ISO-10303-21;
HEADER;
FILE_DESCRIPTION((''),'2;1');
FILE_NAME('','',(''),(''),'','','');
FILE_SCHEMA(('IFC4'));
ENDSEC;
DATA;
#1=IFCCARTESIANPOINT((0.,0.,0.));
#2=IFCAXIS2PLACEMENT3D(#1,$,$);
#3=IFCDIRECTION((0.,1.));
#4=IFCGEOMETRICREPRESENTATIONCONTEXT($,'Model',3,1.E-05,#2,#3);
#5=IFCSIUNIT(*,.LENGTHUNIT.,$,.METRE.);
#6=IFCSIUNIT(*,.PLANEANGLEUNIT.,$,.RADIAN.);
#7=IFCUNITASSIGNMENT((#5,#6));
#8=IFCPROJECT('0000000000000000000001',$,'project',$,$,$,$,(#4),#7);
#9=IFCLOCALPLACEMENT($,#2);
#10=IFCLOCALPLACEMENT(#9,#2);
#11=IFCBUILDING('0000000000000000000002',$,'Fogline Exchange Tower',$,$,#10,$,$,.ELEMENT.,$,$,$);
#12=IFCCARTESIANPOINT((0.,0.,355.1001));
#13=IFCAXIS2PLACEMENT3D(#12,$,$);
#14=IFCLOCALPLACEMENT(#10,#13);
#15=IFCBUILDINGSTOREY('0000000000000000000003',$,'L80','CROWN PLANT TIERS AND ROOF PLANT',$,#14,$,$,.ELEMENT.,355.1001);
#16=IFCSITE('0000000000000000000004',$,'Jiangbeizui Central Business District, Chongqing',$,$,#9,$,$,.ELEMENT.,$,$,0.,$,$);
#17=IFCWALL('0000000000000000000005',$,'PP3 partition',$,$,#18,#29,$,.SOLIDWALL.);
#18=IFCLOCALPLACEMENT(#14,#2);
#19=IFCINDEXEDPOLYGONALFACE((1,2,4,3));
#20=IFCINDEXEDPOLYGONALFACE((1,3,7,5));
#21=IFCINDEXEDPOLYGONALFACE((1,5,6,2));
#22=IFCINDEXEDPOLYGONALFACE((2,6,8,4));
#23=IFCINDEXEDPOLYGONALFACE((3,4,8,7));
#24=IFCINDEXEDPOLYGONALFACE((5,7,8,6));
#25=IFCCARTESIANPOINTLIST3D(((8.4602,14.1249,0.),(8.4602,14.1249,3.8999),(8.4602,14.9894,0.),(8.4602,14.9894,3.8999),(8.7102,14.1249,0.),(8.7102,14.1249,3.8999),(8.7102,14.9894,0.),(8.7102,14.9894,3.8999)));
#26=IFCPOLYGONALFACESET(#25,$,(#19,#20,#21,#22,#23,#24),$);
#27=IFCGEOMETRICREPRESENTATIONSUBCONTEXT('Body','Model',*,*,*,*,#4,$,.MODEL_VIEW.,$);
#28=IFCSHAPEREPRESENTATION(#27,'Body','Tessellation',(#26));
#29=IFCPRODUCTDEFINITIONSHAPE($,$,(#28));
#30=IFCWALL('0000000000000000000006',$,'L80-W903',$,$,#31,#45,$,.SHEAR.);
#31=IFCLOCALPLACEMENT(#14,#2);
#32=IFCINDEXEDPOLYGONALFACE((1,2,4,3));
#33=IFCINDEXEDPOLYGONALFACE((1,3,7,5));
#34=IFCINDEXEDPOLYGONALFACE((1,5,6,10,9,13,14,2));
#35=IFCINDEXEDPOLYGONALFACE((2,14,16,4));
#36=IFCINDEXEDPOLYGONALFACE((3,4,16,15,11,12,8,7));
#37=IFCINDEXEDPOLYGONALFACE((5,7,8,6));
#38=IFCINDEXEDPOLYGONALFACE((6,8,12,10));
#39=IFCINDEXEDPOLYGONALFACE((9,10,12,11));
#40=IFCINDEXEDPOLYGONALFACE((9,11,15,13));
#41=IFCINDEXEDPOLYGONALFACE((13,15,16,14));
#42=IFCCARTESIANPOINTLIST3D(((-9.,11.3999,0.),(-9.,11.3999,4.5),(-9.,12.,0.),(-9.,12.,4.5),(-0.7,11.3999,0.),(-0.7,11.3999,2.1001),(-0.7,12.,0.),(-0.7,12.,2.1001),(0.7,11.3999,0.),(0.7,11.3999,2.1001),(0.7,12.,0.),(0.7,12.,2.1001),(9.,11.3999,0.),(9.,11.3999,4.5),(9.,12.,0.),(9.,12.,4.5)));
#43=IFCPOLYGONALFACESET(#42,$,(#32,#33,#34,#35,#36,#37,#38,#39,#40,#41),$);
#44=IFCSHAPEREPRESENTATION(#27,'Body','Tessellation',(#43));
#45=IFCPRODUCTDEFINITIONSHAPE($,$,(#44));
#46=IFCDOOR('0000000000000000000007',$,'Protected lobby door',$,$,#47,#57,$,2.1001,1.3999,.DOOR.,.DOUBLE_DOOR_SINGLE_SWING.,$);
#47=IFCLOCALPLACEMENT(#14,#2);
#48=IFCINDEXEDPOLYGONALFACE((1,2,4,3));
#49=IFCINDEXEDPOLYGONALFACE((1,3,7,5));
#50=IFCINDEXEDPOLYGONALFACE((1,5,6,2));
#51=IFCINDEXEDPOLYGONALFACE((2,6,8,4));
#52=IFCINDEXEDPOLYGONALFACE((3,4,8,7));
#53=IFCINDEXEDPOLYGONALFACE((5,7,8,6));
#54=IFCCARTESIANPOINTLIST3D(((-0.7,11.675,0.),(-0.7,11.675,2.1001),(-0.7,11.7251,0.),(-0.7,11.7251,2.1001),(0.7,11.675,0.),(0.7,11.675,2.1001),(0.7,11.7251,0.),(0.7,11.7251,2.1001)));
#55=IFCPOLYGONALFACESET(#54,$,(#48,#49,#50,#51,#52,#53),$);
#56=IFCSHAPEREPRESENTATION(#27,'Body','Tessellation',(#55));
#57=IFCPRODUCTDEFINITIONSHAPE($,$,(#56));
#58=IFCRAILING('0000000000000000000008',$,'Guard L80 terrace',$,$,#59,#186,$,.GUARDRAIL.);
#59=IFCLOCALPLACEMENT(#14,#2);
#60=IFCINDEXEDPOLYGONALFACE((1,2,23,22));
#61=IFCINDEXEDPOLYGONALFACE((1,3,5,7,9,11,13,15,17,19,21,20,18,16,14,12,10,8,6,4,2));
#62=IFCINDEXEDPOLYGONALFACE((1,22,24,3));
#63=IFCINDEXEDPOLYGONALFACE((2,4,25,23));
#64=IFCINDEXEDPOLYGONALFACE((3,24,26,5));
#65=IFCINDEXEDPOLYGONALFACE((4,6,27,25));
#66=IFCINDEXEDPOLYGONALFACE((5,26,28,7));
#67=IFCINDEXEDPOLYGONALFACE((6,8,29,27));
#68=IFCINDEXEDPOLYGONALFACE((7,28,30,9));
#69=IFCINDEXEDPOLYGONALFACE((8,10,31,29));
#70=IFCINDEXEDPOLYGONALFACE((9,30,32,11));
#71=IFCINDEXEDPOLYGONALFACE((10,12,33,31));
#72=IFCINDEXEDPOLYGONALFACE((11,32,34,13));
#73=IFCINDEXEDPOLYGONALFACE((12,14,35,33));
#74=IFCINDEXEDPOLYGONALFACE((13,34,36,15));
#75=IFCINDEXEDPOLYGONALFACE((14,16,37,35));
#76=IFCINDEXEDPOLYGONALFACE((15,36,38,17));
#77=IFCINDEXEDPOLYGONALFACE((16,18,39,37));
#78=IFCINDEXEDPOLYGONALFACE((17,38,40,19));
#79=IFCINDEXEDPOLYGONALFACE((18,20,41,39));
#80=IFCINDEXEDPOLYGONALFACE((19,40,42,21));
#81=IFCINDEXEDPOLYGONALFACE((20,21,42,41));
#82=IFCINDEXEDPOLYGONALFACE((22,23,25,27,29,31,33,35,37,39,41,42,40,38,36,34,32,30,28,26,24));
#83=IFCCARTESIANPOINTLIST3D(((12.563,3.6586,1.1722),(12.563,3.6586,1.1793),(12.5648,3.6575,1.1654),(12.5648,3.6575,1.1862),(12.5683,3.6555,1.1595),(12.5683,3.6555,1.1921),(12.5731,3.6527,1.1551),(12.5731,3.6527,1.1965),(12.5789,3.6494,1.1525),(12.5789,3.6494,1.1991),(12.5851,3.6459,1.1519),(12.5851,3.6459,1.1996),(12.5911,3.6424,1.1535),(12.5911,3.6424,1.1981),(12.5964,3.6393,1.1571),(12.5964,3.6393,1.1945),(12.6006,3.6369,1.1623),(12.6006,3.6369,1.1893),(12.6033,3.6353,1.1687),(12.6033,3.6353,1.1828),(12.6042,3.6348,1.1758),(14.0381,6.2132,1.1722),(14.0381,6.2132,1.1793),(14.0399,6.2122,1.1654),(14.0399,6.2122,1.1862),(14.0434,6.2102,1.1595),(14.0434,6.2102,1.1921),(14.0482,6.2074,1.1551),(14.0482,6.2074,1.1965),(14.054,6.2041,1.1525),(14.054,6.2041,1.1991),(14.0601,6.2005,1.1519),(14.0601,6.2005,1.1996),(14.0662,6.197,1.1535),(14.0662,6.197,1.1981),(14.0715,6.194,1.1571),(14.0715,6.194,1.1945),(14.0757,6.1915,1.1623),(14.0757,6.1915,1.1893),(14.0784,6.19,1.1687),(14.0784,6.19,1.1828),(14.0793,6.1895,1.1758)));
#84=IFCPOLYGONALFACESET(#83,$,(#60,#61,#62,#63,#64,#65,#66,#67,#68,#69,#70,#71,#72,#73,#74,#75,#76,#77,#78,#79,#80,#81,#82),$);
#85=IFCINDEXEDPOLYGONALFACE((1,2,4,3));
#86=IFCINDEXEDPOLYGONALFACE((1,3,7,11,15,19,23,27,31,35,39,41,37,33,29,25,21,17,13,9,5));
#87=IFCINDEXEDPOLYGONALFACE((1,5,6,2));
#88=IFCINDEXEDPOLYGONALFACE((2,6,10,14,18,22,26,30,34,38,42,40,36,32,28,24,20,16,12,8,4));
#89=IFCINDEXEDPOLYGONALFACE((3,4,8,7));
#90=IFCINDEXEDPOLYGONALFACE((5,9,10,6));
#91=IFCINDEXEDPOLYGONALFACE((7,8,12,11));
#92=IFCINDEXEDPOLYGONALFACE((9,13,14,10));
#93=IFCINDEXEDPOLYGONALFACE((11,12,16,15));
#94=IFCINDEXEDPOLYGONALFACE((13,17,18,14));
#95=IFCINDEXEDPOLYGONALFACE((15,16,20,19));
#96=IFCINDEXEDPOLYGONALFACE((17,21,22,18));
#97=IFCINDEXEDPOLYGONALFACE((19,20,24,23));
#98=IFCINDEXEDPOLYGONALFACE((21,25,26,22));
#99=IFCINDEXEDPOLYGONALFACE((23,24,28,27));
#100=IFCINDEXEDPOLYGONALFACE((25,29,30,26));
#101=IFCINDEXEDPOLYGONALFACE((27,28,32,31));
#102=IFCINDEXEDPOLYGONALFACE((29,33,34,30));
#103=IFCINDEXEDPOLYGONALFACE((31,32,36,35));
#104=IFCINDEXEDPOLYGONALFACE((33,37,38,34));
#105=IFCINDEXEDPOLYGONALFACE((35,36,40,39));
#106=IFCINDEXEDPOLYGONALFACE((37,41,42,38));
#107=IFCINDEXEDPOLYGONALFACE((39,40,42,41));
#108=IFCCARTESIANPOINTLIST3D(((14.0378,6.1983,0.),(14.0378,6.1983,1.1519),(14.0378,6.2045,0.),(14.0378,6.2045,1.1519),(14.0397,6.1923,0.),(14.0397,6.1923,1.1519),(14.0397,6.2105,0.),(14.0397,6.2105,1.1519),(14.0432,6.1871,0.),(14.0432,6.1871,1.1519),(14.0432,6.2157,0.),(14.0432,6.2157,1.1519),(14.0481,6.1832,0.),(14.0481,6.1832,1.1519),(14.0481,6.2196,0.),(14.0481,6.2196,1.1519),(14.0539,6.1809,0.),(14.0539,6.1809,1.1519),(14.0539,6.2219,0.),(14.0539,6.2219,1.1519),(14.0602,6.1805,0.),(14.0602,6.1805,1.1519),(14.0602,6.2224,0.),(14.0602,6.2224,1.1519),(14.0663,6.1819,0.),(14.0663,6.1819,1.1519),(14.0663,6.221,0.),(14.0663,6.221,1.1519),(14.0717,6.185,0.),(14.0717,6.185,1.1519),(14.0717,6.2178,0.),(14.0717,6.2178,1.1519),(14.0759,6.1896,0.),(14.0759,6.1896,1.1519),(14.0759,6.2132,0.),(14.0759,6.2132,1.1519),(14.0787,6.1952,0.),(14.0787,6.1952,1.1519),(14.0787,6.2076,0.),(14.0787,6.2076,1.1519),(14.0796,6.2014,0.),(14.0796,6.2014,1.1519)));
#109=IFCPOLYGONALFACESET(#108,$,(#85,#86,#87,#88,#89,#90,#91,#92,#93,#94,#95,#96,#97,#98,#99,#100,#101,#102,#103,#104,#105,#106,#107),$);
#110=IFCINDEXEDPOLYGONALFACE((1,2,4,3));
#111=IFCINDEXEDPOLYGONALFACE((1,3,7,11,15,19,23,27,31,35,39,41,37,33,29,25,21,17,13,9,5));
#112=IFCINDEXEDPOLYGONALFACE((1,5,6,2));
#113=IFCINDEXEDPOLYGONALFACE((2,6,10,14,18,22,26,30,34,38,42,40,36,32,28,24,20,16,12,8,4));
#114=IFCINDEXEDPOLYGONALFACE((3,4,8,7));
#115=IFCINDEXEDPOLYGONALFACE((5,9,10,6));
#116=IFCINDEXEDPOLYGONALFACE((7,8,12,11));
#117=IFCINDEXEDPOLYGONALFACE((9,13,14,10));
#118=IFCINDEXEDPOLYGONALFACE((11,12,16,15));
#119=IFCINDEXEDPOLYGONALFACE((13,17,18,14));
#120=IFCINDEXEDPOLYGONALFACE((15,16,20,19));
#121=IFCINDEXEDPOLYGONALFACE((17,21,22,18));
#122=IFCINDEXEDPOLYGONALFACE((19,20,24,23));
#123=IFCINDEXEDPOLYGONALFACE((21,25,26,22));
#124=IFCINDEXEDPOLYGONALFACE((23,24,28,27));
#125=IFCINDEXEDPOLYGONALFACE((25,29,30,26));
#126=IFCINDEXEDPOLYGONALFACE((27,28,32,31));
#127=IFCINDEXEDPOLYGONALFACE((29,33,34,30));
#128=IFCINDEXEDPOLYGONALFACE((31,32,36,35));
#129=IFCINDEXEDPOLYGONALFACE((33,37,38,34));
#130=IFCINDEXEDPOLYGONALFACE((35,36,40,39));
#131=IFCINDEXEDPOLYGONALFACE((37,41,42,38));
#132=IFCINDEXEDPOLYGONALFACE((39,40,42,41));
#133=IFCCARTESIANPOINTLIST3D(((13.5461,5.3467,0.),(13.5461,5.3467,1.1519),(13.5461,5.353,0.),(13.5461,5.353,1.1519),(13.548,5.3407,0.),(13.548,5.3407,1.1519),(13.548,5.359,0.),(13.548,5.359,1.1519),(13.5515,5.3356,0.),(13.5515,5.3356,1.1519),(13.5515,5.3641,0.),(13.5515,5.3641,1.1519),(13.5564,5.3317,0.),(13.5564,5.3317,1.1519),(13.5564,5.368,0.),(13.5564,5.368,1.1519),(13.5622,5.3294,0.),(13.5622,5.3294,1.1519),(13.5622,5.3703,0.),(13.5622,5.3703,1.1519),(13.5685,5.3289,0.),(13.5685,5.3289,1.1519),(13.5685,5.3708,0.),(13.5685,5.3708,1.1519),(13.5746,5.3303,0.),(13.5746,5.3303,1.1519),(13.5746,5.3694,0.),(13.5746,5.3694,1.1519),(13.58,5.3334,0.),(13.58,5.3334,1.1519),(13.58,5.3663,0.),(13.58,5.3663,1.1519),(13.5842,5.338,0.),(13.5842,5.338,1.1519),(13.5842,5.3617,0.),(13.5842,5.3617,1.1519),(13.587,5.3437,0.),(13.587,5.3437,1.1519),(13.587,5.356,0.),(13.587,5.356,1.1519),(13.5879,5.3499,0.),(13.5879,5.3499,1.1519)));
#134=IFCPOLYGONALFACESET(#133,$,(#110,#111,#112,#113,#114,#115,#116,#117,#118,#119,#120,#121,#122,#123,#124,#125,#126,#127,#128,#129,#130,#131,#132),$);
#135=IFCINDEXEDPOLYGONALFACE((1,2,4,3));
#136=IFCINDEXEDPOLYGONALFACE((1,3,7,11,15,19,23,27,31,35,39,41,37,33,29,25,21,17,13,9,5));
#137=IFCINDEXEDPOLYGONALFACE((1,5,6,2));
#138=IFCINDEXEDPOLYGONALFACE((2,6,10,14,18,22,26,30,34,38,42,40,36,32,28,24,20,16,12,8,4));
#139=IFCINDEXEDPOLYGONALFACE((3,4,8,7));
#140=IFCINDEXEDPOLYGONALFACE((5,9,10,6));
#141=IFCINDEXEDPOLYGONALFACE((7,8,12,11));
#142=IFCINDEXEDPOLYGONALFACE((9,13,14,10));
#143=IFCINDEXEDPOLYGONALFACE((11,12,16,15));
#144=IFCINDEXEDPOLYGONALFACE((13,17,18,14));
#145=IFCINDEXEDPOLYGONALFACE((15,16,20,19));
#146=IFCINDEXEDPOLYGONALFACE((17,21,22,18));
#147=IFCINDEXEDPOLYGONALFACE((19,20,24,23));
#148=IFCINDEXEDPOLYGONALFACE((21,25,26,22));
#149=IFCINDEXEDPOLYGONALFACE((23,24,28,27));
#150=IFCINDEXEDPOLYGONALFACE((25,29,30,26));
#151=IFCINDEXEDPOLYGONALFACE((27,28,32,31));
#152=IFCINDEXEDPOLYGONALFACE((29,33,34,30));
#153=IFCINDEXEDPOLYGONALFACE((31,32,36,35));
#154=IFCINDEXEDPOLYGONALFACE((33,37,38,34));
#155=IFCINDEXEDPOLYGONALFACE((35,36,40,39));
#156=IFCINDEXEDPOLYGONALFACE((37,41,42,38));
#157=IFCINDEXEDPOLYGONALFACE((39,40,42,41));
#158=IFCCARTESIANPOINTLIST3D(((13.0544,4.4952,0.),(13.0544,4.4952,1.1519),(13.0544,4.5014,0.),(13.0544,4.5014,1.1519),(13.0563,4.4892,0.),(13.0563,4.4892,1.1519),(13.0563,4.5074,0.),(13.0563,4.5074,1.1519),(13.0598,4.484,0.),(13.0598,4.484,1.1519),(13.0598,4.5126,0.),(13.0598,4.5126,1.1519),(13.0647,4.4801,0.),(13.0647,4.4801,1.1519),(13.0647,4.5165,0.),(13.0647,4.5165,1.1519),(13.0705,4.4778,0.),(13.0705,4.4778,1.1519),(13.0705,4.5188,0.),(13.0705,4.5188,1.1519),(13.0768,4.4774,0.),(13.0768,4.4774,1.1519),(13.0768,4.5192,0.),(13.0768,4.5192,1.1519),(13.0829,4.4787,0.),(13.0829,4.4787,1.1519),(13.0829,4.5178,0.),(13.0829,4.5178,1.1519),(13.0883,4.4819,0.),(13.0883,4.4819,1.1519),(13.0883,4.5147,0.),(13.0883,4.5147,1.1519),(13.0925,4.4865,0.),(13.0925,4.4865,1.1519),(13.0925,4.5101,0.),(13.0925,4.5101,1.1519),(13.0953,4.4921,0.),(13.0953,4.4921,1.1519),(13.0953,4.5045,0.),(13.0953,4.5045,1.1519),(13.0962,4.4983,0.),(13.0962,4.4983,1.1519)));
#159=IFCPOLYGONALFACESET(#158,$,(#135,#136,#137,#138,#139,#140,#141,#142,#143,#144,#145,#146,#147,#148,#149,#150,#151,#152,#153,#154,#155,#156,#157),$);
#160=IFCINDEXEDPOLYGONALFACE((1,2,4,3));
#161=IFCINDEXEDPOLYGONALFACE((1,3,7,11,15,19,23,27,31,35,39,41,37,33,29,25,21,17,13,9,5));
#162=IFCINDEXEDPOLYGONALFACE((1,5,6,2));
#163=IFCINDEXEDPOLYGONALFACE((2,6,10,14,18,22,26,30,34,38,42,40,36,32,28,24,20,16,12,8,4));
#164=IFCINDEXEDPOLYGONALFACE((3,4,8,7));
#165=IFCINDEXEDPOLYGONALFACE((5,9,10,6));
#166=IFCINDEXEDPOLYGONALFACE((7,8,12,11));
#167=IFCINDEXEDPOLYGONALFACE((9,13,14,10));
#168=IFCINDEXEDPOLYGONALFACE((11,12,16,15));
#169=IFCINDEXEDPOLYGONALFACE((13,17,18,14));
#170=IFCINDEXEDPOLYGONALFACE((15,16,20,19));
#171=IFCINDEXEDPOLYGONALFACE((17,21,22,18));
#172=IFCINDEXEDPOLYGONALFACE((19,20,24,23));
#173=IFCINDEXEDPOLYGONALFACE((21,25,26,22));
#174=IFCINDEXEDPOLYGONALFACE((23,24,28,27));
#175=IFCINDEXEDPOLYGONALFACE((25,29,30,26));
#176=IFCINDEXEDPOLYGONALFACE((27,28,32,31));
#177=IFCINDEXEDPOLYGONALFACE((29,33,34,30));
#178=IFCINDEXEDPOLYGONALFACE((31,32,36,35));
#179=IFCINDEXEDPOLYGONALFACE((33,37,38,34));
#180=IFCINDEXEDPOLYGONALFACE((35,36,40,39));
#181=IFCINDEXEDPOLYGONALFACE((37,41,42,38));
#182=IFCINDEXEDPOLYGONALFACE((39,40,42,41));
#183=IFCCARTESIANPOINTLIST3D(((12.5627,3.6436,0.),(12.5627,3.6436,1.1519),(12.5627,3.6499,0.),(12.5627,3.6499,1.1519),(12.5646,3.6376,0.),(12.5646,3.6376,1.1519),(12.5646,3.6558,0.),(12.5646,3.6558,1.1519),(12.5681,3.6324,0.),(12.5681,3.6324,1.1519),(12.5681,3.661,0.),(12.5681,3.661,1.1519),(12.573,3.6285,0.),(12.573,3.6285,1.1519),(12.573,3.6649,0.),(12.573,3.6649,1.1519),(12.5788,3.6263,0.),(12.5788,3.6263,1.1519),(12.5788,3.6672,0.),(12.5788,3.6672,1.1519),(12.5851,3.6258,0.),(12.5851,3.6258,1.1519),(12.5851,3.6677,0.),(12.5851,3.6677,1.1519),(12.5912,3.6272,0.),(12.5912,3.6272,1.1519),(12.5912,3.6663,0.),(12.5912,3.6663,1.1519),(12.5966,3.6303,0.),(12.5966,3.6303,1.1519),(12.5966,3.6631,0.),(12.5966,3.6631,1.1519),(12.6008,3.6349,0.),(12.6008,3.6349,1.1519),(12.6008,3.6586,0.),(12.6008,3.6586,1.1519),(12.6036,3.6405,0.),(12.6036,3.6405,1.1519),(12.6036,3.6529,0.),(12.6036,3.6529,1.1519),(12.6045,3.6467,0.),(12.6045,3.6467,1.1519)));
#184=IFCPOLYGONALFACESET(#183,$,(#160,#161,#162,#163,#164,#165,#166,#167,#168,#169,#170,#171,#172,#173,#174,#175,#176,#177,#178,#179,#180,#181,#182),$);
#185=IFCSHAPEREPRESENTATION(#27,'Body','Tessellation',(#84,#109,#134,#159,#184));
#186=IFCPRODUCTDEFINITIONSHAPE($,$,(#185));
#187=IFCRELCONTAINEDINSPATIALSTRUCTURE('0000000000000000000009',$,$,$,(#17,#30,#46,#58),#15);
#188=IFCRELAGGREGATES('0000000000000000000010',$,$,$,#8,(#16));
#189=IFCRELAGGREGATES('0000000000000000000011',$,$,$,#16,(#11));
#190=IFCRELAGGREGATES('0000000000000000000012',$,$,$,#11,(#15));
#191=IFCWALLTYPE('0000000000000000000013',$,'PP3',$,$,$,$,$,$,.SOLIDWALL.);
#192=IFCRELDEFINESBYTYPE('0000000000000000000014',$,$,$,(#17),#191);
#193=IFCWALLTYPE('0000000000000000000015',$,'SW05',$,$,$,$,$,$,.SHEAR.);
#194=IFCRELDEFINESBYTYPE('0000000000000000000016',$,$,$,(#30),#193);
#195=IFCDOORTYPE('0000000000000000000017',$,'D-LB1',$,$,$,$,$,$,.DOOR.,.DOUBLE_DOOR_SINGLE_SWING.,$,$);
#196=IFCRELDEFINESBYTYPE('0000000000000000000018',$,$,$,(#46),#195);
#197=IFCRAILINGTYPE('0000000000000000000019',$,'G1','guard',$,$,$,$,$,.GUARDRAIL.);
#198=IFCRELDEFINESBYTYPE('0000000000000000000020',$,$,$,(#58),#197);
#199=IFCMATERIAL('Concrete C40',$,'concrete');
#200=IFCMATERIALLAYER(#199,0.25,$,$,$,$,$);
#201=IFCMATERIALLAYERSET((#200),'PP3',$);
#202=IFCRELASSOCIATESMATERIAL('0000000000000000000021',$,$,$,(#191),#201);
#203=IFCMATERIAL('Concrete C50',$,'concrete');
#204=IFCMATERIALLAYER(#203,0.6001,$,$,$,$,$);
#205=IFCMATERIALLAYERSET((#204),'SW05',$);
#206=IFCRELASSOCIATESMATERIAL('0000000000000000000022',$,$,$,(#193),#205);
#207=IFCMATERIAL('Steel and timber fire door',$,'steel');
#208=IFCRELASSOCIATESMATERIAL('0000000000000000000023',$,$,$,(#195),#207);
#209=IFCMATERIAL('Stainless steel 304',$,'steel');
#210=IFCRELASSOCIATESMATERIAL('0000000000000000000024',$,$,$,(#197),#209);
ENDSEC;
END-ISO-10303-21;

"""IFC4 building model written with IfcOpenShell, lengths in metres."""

from ifc_helpers import new_model, si_unit, direction, frame, frame_2d, origin, origin_2d, place, context, subcontext, project, spatial, rectangle, circle, extrude, material, layer, layer_set, type_object, element, fill, save


model = new_model("IFC4")

# Units and contexts
model_context = context("Model", 3, precision=1e-05, world=origin(), true_north=direction((0.0, 1.0)))
body_context = subcontext(model_context, "Body", "Model", "MODEL_VIEW")
ifc_project = project(units=[si_unit("LENGTHUNIT", "METRE"), si_unit("PLANEANGLEUNIT", "RADIAN")], contexts=[model_context])

# Site, building, storey
site_placement = place(None, origin())
site = spatial("IfcSite", under=ifc_project, at=site_placement, Name="Jiangbeizui Central Business District, Chongqing", CompositionType="ELEMENT", RefElevation=0.0)
building_placement = place(site_placement, origin())
building = spatial("IfcBuilding", under=site, at=building_placement, Name="Fogline Exchange Tower", CompositionType="ELEMENT")
storey_placement = place(building_placement, frame((0.0, 0.0, 355.1001)))
storey = spatial("IfcBuildingStorey", under=building, at=storey_placement, Name="L80", Description="CROWN PLANT TIERS AND ROOF PLANT", CompositionType="ELEMENT", Elevation=355.1001)

# Shared definitions
ifc_material_1 = material(Name="Concrete C40", Category="concrete")

# Wall
ifc_layer_1 = layer(ifc_material_1, 0.25)
ifc_layer_set_1 = layer_set([ifc_layer_1], Name="PP3")
wall_type_1 = type_object("IfcWallType", Name="PP3", PredefinedType="SOLIDWALL", material=ifc_layer_set_1)
wall_1_placement = place(storey_placement, frame((8.5852, 14.125, 0.0), z_axis=(0.0, 0.0, 1.0), x_axis=(0.0, 1.0, 0.0)))
element("IfcWall", 1, at=wall_1_placement, inside=storey, type_object=wall_type_1, Name="PP3 partition", PredefinedType="SOLIDWALL", context=body_context, shape_type="SweptSolid", body=[
    extrude(rectangle(XDim=0.8645, YDim=0.25, at=frame_2d((0.4321, 0.0))), origin(), (0.0, 0.0, 1.0), 3.8999),
])

# Wall, opening, door
ifc_material_2 = material(Name="Concrete C50", Category="concrete")
ifc_layer_2 = layer(ifc_material_2, 0.6001)
ifc_layer_set_2 = layer_set([ifc_layer_2], Name="SW05")
wall_type_2 = type_object("IfcWallType", Name="SW05", PredefinedType="SHEAR", material=ifc_layer_set_2)
wall_2_placement = place(storey_placement, frame((9.0, 11.7, 0.0), z_axis=(0.0, 0.0, 1.0), x_axis=(-1.0, 0.0, 0.0)))
wall_2 = element("IfcWall", 2, at=wall_2_placement, inside=storey, type_object=wall_type_2, Name="L80-W903", PredefinedType="SHEAR", context=body_context, shape_type="SweptSolid", body=[
    extrude(rectangle(XDim=18.0, YDim=0.6001, at=frame_2d((9.0, 0.0))), origin(), (0.0, 0.0, 1.0), 4.5),
])
opening_1_placement = place(wall_2_placement, frame((8.3, 0.0, 0.0)))
opening_1 = element("IfcOpeningElement", 3, at=opening_1_placement, cuts=wall_2, PredefinedType="OPENING", context=body_context, shape_type="SweptSolid", body=[
    extrude(rectangle(XDim=1.3999, YDim=2.1001, at=frame_2d((0.7, 1.05))), frame((0.0, 0.3101, 0.0), z_axis=(0.0, -1.0, 0.0), x_axis=(1.0, 0.0, 0.0)), (0.0, 0.0, 1.0), 0.6201),
])
ifc_material_3 = material(Name="Steel and timber fire door", Category="steel")
door_type_1 = type_object("IfcDoorType", Name="D-LB1", OperationType="DOUBLE_DOOR_SINGLE_SWING", PredefinedType="DOOR", material=ifc_material_3)
door_1_placement = place(opening_1_placement, origin())
door_1 = element("IfcDoor", 4, at=door_1_placement, inside=storey, type_object=door_type_1, Name="Protected lobby door", OperationType="DOUBLE_DOOR_SINGLE_SWING", OverallHeight=2.1001, OverallWidth=1.3999, PredefinedType="DOOR", context=body_context, shape_type="SweptSolid", body=[
    extrude(rectangle(XDim=1.3999, YDim=2.1001, at=frame_2d((0.7, 1.05))), frame((0.0, 0.0249, 0.0), z_axis=(0.0, -1.0, 0.0), x_axis=(1.0, 0.0, 0.0)), (0.0, 0.0, 1.0), 0.05),
])
fill(opening_1, door_1)

# Railing
ifc_material_4 = material(Name="Stainless steel 304", Category="steel")
railing_type = type_object("IfcRailingType", Name="G1", Description="guard", PredefinedType="GUARDRAIL", material=ifc_material_4)
railing_placement = place(storey_placement, frame((14.0586, 6.2014, 0.0)))
element("IfcRailing", 5, at=railing_placement, inside=storey, type_object=railing_type, Name="Guard L80 terrace", PredefinedType="GUARDRAIL", context=body_context, shape_type="SweptSolid", body=[
    extrude(circle(Radius=0.0239, at=origin_2d()), frame((0.0, 0.0, 1.1758), z_axis=(-0.500038, -0.866004, 0.0), x_axis=(0.866004, -0.500038, 0.0)), (0.0, 0.0, 1.0), 2.95),
    extrude(circle(Radius=0.021, at=origin_2d()), origin(), (0.0, 0.0, 1.0), 1.1519),
    extrude(circle(Radius=0.021, at=origin_2d()), frame((-0.4917, -0.8516, 0.0)), (0.0, 0.0, 1.0), 1.1519),
    extrude(circle(Radius=0.021, at=origin_2d()), frame((-0.9834, -1.7031, 0.0)), (0.0, 0.0, 1.0), 1.1519),
    extrude(circle(Radius=0.021, at=origin_2d()), frame((-1.4751, -2.5547, 0.0)), (0.0, 0.0, 1.0), 1.1519),
])

save(model, "model.ifc")
